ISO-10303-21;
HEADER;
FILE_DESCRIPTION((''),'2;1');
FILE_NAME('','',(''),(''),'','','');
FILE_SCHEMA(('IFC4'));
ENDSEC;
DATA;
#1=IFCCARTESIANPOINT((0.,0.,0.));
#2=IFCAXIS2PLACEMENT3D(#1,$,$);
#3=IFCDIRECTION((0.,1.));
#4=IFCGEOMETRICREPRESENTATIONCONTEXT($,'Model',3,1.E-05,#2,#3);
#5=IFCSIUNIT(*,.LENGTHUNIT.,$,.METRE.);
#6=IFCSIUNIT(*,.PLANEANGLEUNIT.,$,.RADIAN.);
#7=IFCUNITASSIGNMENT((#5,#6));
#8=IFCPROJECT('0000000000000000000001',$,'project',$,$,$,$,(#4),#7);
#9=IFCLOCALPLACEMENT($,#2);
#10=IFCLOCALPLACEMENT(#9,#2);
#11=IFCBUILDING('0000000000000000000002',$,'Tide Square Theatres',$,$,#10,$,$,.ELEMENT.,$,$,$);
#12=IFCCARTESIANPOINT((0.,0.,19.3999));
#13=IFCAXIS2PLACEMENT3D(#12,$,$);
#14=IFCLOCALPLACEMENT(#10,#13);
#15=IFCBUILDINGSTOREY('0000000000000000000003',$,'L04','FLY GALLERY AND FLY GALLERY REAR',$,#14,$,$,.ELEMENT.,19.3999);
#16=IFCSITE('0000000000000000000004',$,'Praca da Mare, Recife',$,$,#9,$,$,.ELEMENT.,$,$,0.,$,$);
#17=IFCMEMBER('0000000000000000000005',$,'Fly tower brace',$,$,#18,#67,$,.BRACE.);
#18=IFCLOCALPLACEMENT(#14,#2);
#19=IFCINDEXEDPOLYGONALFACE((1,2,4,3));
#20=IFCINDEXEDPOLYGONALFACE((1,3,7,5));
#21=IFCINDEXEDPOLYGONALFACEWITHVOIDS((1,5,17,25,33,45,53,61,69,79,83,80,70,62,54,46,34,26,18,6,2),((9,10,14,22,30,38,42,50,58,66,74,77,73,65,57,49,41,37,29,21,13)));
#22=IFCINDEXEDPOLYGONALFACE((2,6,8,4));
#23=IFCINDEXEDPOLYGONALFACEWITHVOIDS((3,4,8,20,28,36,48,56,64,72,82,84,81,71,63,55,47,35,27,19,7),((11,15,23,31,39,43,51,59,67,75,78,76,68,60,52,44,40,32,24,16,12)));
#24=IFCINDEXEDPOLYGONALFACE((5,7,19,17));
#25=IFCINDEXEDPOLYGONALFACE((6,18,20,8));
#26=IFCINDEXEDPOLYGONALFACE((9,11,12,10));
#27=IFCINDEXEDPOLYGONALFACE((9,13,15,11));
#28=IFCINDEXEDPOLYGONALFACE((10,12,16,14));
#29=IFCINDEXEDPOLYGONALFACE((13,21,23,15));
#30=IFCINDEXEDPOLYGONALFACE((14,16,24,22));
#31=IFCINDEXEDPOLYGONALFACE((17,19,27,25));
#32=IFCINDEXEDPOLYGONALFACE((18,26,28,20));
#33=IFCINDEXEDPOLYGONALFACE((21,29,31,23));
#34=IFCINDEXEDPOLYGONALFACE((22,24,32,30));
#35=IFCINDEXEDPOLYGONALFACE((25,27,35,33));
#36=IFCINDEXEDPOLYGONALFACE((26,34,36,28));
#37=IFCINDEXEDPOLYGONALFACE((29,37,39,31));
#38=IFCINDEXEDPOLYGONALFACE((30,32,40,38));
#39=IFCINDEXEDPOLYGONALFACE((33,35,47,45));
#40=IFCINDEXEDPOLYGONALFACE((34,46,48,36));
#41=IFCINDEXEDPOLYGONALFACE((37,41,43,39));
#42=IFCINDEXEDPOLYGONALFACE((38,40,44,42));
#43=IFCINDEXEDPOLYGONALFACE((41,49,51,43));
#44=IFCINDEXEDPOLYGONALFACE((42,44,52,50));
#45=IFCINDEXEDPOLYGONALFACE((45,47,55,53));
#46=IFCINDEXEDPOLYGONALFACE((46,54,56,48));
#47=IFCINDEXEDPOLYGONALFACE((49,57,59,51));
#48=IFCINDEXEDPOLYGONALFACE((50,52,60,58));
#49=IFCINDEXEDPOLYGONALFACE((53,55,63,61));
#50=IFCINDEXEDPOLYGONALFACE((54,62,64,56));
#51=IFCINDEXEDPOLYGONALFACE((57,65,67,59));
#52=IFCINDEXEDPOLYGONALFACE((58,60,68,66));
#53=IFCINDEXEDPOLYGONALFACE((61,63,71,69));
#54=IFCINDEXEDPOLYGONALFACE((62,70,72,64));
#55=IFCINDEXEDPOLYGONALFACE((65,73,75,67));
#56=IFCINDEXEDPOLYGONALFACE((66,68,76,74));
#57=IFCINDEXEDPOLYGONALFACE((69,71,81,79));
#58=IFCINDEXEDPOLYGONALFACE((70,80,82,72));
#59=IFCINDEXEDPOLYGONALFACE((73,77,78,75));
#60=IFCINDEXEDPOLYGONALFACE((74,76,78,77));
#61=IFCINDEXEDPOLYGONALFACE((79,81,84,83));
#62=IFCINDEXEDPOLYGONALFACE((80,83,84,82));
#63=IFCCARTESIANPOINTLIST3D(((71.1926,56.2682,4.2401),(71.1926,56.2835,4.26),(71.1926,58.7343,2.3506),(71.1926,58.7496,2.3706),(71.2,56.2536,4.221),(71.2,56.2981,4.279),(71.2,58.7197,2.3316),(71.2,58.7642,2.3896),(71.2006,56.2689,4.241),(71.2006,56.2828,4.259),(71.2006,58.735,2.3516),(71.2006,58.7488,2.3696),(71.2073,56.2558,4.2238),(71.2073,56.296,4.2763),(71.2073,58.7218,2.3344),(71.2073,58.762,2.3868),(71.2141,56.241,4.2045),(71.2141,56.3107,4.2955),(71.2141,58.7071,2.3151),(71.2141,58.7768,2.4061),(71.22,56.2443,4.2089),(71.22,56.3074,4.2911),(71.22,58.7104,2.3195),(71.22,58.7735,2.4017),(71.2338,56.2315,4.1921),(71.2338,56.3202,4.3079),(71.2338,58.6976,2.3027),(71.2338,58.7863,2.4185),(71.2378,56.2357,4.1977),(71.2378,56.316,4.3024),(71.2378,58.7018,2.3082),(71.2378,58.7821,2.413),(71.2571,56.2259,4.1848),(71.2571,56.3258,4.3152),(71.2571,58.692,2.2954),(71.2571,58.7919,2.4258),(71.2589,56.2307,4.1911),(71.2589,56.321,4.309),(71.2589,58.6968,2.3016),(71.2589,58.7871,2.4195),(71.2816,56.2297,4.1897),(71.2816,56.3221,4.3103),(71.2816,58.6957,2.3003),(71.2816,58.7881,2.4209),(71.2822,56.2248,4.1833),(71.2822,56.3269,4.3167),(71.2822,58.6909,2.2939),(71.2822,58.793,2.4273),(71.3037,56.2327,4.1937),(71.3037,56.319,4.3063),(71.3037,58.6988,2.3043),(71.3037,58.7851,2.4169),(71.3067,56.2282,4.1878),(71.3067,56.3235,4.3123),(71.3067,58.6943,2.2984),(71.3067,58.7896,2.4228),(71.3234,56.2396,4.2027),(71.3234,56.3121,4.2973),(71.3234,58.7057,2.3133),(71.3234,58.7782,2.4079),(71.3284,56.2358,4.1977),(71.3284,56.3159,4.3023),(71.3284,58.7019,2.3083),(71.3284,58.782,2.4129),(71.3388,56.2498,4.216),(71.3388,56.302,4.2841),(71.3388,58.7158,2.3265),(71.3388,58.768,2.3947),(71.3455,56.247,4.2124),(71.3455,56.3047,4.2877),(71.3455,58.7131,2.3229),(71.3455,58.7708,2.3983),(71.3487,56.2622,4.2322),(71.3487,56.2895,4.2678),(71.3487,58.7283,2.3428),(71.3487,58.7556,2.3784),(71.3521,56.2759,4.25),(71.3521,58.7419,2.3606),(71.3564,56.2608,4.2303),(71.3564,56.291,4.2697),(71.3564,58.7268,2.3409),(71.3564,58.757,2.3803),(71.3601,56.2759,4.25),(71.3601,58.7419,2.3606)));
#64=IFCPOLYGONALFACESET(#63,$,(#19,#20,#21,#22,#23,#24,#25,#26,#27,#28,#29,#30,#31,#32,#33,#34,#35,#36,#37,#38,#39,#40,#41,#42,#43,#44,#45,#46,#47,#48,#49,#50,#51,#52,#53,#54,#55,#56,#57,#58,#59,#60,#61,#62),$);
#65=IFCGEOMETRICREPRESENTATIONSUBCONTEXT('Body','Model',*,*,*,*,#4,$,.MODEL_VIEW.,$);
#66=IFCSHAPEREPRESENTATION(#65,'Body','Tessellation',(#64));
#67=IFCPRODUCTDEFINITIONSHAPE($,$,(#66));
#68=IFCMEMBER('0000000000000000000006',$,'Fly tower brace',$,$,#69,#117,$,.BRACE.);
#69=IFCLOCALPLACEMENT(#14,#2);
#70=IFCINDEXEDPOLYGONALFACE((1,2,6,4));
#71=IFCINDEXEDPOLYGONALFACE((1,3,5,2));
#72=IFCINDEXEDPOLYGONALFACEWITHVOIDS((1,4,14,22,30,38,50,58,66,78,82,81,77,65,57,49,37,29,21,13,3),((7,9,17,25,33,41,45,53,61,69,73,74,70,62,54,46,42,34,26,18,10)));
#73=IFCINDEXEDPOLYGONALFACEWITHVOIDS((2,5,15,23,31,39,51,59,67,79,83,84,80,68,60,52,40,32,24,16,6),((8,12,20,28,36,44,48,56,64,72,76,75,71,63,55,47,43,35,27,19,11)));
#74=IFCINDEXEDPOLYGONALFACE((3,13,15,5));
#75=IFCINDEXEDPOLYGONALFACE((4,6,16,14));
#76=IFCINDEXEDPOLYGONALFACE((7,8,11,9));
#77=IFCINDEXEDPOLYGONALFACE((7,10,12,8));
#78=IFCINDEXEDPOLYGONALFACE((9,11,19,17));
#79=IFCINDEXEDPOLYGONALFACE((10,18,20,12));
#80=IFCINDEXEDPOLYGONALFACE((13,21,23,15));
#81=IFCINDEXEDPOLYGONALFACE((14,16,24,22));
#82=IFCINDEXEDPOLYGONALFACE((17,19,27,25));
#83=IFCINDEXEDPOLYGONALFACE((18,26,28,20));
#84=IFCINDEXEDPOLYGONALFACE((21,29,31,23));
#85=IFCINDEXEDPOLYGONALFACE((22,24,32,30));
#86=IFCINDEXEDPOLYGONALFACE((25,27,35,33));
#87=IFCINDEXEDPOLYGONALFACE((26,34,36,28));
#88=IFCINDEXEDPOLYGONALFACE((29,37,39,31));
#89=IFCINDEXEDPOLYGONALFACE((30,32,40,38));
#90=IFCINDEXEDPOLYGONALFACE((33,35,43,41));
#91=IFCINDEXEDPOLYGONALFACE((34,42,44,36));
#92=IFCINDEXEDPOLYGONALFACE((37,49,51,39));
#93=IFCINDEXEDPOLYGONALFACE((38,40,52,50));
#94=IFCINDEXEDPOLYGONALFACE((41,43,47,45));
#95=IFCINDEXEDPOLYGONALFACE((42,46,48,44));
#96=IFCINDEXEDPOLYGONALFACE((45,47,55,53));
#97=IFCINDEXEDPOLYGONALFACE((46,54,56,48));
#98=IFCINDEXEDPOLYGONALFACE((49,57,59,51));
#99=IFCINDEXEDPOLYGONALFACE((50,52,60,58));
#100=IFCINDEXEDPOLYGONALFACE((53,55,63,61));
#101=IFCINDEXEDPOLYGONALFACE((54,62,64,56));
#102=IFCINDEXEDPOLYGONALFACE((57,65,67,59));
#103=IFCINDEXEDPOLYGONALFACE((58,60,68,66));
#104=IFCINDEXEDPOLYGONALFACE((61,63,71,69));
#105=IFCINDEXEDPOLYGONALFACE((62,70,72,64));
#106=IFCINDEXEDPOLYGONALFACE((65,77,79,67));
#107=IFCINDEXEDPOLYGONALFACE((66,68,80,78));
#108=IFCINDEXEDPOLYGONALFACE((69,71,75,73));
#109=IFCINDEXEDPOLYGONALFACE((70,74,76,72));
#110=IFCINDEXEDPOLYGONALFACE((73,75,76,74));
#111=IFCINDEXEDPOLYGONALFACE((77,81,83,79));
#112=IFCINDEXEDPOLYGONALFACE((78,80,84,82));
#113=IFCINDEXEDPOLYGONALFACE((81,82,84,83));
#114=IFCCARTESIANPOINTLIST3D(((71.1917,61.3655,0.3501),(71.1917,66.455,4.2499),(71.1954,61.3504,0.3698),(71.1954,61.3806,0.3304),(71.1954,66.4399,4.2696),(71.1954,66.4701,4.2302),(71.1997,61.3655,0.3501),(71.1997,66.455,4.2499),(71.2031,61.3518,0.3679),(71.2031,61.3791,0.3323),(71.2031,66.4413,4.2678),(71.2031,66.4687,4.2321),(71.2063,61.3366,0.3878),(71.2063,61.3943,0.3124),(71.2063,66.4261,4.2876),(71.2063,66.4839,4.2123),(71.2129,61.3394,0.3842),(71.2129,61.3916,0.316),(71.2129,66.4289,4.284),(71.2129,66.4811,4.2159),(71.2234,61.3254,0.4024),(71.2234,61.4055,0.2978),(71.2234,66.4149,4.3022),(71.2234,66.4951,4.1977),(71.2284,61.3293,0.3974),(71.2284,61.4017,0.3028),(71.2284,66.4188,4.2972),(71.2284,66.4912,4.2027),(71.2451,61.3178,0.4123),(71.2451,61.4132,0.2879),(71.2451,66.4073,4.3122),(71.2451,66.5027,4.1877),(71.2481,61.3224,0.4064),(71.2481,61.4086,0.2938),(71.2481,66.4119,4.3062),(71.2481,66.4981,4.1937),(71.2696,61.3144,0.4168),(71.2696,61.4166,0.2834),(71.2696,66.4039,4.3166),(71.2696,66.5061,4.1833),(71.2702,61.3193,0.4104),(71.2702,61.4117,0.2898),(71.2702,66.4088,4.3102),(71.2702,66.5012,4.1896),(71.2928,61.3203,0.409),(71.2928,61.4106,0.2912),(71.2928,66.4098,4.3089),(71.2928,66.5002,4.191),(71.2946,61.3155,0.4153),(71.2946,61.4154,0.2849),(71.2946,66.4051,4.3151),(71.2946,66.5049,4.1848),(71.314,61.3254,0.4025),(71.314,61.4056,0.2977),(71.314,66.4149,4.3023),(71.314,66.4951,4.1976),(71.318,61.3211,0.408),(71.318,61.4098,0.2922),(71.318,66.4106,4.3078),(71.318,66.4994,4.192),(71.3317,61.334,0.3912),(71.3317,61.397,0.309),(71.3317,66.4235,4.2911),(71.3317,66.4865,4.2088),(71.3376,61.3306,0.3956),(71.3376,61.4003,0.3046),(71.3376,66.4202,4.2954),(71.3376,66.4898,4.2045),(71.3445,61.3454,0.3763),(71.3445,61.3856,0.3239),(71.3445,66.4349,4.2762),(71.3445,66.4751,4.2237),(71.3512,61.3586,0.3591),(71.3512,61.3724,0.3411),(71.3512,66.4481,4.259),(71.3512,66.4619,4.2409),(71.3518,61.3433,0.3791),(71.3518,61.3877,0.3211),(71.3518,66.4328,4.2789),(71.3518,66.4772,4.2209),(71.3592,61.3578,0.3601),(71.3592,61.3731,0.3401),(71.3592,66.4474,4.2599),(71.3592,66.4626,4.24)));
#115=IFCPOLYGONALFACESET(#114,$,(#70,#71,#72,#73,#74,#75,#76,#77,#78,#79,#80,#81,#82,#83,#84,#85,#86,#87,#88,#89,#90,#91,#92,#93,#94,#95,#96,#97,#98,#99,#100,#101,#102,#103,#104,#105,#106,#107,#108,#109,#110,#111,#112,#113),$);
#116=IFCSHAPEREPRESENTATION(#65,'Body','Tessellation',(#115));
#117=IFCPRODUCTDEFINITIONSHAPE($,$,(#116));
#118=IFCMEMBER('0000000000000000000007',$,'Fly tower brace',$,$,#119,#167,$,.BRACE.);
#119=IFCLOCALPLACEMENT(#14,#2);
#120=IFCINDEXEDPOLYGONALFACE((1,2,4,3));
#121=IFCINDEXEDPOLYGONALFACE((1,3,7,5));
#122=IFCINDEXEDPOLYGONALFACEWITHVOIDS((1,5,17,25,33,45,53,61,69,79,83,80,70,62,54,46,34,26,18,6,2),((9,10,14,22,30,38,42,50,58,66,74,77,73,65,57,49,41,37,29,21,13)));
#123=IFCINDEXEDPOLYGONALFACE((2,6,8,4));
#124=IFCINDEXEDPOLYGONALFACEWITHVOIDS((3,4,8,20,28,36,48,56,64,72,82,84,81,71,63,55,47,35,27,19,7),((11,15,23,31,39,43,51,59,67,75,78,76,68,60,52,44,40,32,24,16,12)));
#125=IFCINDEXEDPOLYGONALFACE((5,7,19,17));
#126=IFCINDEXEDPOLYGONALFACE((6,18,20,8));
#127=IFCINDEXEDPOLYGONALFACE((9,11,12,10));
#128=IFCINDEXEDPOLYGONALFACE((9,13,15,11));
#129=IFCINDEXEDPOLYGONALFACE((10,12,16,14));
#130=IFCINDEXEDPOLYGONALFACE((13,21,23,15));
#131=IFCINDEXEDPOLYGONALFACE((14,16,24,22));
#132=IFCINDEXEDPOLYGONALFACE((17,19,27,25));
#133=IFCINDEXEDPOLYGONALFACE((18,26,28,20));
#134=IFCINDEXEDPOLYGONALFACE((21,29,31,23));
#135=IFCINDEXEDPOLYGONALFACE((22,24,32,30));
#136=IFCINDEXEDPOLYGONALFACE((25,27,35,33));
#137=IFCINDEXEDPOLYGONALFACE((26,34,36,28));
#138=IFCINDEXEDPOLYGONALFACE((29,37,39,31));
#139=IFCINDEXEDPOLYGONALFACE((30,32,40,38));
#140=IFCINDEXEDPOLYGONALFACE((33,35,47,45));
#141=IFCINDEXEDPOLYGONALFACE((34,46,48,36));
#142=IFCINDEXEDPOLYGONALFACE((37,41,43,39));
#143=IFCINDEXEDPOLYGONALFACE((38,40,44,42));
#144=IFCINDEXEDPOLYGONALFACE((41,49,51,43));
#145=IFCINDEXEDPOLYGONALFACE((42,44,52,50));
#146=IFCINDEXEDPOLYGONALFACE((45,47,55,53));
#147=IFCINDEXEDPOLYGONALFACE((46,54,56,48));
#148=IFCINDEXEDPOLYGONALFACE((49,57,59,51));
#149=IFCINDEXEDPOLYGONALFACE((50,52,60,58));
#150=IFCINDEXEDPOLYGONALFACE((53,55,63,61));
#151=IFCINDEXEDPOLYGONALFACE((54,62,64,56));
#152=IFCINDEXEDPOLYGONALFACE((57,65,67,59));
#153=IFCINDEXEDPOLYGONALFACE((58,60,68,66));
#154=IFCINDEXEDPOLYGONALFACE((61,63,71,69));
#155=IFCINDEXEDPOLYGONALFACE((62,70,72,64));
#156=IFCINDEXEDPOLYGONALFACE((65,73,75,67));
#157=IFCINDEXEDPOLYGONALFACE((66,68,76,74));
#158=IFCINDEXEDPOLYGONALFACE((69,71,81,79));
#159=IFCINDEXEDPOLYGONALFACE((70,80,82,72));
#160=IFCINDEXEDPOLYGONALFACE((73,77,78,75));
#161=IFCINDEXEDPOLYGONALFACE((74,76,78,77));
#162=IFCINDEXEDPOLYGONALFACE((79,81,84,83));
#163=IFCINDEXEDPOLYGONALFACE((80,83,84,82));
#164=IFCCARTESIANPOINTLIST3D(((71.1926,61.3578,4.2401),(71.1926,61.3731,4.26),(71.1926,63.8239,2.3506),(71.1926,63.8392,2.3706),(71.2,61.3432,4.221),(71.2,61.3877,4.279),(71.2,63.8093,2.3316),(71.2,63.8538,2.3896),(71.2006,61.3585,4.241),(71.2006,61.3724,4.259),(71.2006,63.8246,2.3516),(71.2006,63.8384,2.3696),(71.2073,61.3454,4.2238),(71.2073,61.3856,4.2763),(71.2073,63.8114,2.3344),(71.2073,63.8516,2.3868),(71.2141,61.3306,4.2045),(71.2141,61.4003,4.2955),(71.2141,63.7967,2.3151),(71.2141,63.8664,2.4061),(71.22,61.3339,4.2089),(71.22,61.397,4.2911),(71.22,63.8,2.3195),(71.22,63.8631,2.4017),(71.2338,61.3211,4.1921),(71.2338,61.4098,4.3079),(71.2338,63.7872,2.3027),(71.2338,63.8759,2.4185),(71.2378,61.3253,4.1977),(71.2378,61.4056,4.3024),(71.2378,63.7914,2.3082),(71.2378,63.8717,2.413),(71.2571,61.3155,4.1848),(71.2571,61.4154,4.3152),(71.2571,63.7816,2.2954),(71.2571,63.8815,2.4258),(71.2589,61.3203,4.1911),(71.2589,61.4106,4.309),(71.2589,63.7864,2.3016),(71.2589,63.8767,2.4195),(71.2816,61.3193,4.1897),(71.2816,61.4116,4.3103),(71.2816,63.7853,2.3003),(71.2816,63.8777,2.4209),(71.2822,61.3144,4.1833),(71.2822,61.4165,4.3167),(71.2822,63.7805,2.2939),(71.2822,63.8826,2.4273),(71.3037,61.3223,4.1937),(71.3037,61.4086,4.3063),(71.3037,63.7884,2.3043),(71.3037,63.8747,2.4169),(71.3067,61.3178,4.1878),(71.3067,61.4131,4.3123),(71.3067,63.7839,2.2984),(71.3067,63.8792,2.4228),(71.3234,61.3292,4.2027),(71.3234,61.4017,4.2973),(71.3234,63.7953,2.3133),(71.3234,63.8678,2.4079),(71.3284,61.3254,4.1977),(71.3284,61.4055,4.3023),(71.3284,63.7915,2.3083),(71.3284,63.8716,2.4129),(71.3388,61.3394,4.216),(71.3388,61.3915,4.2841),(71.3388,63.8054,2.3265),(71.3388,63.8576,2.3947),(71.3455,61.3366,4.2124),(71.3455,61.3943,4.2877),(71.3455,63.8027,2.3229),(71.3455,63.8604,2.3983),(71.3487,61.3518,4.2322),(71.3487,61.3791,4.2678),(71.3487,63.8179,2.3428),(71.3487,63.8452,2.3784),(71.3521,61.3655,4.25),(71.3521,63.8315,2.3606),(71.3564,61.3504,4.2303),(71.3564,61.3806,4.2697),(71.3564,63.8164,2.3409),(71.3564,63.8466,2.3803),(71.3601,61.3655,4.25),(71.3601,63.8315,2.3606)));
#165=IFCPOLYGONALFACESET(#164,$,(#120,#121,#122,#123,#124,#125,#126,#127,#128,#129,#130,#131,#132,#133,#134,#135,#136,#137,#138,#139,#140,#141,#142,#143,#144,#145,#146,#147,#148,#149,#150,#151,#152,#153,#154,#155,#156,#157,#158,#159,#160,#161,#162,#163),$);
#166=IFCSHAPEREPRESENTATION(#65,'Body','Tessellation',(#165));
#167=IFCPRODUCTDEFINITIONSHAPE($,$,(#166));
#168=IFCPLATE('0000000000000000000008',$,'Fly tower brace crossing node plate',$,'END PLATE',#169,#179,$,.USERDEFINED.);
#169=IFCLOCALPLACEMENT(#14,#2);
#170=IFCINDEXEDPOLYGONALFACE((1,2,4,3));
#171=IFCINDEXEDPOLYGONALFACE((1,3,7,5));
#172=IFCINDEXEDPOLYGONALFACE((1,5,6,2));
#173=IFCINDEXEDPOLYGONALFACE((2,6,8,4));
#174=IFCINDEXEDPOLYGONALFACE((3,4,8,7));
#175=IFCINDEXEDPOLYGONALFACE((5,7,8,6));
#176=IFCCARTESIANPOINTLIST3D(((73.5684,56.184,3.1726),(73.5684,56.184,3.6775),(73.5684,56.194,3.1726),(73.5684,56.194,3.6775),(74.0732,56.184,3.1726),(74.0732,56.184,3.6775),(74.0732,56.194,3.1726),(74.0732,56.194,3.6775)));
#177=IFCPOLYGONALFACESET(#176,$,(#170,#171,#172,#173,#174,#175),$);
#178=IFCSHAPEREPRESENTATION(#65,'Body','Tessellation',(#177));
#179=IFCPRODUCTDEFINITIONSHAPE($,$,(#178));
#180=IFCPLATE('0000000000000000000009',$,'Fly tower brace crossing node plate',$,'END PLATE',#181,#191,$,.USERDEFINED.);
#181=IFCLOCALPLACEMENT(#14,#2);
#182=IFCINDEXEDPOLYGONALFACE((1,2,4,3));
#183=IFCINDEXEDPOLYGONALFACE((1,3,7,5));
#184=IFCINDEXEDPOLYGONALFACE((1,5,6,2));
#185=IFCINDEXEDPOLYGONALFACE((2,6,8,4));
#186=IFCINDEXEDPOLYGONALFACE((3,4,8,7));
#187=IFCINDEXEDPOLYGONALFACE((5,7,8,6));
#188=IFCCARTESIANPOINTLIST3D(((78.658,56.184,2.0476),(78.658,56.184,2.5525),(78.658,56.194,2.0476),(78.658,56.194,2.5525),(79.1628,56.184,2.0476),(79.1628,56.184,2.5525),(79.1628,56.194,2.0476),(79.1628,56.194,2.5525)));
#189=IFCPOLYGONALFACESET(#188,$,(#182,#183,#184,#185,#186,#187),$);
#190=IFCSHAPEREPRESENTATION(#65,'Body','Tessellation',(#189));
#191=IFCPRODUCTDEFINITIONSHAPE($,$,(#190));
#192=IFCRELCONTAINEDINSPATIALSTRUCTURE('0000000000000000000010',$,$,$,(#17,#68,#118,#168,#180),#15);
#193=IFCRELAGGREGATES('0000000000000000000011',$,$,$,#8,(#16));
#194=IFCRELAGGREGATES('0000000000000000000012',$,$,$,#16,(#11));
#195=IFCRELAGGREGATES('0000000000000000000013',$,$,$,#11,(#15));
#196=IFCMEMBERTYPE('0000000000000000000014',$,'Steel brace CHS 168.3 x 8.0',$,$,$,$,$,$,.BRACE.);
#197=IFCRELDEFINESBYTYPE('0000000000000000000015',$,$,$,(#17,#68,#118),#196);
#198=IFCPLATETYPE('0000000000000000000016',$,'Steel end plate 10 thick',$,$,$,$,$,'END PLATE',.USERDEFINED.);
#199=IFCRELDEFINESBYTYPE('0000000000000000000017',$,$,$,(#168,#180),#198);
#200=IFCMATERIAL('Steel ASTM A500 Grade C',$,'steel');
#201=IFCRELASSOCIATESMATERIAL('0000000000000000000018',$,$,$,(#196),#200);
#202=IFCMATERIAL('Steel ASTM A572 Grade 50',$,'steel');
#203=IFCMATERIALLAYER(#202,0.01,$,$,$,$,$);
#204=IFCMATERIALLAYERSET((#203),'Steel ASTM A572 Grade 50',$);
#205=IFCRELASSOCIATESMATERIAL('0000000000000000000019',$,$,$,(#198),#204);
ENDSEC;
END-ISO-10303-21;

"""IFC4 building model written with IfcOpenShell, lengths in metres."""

from ifc_helpers import new_model, si_unit, direction, frame, origin, origin_2d, place, context, subcontext, project, spatial, rectangle, hollow_circle, extrude, material, layer, layer_set, material_profile, profile_set, type_object, element, save


model = new_model("IFC4")

# Units and contexts
model_context = context("Model", 3, precision=1e-05, world=origin(), true_north=direction((0.0, 1.0)))
body_context = subcontext(model_context, "Body", "Model", "MODEL_VIEW")
ifc_project = project(units=[si_unit("LENGTHUNIT", "METRE"), si_unit("PLANEANGLEUNIT", "RADIAN")], contexts=[model_context])

# Site, building, storey
site_placement = place(None, origin())
site = spatial("IfcSite", under=ifc_project, at=site_placement, Name="Praca da Mare, Recife", CompositionType="ELEMENT", RefElevation=0.0)
building_placement = place(site_placement, origin())
building = spatial("IfcBuilding", under=site, at=building_placement, Name="Tide Square Theatres", CompositionType="ELEMENT")
storey_placement = place(building_placement, frame((0.0, 0.0, 19.3999)))
storey = spatial("IfcBuildingStorey", under=building, at=storey_placement, Name="L04", Description="FLY GALLERY AND FLY GALLERY REAR", CompositionType="ELEMENT", Elevation=19.3999)

# Members
ifc_material_1 = material(Name="Steel ASTM A500 Grade C", Category="steel")
ifc_material_profile_1 = material_profile(ifc_material_1, hollow_circle(Radius=0.0842, WallThickness=0.0081, at=origin_2d()))
ifc_profile_set_1 = profile_set([ifc_material_profile_1], Name="Steel ASTM A500 Grade C")
member_type = type_object("IfcMemberType", Name="Steel brace CHS 168.3 x 8.0", PredefinedType="BRACE", material=ifc_profile_set_1)
member_1_placement = place(storey_placement, frame((71.2759, 58.7419, 2.3606), z_axis=(0.0, -0.7938, 0.608179), x_axis=(1.0, 0.0, 0.0)))
element("IfcMember", 1, at=member_1_placement, inside=storey, type_object=member_type, Name="Fly tower brace", PredefinedType="BRACE", context=body_context, shape_type="SweptSolid", body=[
    extrude(hollow_circle(Radius=0.0842, WallThickness=0.0081, at=origin_2d()), origin(), (0.0, 0.0, 1.0), 3.1067),
])
member_2_placement = place(storey_placement, frame((71.2759, 61.3655, 0.3501), z_axis=(0.0, 0.793766, 0.608223), x_axis=(-1.0, 0.0, 0.0)))
element("IfcMember", 2, at=member_2_placement, inside=storey, type_object=member_type, Name="Fly tower brace", PredefinedType="BRACE", context=body_context, shape_type="SweptSolid", body=[
    extrude(hollow_circle(Radius=0.0842, WallThickness=0.0081, at=origin_2d()), origin(), (0.0, 0.0, 1.0), 6.4119),
])
member_3_placement = place(storey_placement, frame((71.2759, 63.8315, 2.3606), z_axis=(0.0, -0.7938, 0.608179), x_axis=(1.0, 0.0, 0.0)))
element("IfcMember", 3, at=member_3_placement, inside=storey, type_object=member_type, Name="Fly tower brace", PredefinedType="BRACE", context=body_context, shape_type="SweptSolid", body=[
    extrude(hollow_circle(Radius=0.0842, WallThickness=0.0081, at=origin_2d()), origin(), (0.0, 0.0, 1.0), 3.1067),
])

# Plates
ifc_material_2 = material(Name="Steel ASTM A572 Grade 50", Category="steel")
ifc_layer_1 = layer(ifc_material_2, 0.01)
ifc_layer_set_1 = layer_set([ifc_layer_1], Name="Steel ASTM A572 Grade 50")
plate_type = type_object("IfcPlateType", Name="Steel end plate 10 thick", ElementType="END PLATE", PredefinedType="USERDEFINED", material=ifc_layer_set_1)
for number, where, z_axis, x_axis, name in (
    (4, (73.8208, 56.189, 3.1726), (0.0, 0.0, 1.0), (0.0, -1.0, 0.0), "Fly tower brace crossing node plate"),
    (5, (78.9104, 56.189, 2.0476), (0.0, 0.0, 1.0), (0.0, -1.0, 0.0), "Fly tower brace crossing node plate"),
):
    element("IfcPlate", number, at=place(storey_placement, frame(where, z_axis=z_axis, x_axis=x_axis)), inside=storey, type_object=plate_type, Name=name, ObjectType="END PLATE", PredefinedType="USERDEFINED", context=body_context, shape_type="SweptSolid", body=[
        extrude(rectangle(XDim=0.01, YDim=0.5049, at=origin_2d()), origin(), (0.0, 0.0, 1.0), 0.5049),
    ])

save(model, "model.ifc")
